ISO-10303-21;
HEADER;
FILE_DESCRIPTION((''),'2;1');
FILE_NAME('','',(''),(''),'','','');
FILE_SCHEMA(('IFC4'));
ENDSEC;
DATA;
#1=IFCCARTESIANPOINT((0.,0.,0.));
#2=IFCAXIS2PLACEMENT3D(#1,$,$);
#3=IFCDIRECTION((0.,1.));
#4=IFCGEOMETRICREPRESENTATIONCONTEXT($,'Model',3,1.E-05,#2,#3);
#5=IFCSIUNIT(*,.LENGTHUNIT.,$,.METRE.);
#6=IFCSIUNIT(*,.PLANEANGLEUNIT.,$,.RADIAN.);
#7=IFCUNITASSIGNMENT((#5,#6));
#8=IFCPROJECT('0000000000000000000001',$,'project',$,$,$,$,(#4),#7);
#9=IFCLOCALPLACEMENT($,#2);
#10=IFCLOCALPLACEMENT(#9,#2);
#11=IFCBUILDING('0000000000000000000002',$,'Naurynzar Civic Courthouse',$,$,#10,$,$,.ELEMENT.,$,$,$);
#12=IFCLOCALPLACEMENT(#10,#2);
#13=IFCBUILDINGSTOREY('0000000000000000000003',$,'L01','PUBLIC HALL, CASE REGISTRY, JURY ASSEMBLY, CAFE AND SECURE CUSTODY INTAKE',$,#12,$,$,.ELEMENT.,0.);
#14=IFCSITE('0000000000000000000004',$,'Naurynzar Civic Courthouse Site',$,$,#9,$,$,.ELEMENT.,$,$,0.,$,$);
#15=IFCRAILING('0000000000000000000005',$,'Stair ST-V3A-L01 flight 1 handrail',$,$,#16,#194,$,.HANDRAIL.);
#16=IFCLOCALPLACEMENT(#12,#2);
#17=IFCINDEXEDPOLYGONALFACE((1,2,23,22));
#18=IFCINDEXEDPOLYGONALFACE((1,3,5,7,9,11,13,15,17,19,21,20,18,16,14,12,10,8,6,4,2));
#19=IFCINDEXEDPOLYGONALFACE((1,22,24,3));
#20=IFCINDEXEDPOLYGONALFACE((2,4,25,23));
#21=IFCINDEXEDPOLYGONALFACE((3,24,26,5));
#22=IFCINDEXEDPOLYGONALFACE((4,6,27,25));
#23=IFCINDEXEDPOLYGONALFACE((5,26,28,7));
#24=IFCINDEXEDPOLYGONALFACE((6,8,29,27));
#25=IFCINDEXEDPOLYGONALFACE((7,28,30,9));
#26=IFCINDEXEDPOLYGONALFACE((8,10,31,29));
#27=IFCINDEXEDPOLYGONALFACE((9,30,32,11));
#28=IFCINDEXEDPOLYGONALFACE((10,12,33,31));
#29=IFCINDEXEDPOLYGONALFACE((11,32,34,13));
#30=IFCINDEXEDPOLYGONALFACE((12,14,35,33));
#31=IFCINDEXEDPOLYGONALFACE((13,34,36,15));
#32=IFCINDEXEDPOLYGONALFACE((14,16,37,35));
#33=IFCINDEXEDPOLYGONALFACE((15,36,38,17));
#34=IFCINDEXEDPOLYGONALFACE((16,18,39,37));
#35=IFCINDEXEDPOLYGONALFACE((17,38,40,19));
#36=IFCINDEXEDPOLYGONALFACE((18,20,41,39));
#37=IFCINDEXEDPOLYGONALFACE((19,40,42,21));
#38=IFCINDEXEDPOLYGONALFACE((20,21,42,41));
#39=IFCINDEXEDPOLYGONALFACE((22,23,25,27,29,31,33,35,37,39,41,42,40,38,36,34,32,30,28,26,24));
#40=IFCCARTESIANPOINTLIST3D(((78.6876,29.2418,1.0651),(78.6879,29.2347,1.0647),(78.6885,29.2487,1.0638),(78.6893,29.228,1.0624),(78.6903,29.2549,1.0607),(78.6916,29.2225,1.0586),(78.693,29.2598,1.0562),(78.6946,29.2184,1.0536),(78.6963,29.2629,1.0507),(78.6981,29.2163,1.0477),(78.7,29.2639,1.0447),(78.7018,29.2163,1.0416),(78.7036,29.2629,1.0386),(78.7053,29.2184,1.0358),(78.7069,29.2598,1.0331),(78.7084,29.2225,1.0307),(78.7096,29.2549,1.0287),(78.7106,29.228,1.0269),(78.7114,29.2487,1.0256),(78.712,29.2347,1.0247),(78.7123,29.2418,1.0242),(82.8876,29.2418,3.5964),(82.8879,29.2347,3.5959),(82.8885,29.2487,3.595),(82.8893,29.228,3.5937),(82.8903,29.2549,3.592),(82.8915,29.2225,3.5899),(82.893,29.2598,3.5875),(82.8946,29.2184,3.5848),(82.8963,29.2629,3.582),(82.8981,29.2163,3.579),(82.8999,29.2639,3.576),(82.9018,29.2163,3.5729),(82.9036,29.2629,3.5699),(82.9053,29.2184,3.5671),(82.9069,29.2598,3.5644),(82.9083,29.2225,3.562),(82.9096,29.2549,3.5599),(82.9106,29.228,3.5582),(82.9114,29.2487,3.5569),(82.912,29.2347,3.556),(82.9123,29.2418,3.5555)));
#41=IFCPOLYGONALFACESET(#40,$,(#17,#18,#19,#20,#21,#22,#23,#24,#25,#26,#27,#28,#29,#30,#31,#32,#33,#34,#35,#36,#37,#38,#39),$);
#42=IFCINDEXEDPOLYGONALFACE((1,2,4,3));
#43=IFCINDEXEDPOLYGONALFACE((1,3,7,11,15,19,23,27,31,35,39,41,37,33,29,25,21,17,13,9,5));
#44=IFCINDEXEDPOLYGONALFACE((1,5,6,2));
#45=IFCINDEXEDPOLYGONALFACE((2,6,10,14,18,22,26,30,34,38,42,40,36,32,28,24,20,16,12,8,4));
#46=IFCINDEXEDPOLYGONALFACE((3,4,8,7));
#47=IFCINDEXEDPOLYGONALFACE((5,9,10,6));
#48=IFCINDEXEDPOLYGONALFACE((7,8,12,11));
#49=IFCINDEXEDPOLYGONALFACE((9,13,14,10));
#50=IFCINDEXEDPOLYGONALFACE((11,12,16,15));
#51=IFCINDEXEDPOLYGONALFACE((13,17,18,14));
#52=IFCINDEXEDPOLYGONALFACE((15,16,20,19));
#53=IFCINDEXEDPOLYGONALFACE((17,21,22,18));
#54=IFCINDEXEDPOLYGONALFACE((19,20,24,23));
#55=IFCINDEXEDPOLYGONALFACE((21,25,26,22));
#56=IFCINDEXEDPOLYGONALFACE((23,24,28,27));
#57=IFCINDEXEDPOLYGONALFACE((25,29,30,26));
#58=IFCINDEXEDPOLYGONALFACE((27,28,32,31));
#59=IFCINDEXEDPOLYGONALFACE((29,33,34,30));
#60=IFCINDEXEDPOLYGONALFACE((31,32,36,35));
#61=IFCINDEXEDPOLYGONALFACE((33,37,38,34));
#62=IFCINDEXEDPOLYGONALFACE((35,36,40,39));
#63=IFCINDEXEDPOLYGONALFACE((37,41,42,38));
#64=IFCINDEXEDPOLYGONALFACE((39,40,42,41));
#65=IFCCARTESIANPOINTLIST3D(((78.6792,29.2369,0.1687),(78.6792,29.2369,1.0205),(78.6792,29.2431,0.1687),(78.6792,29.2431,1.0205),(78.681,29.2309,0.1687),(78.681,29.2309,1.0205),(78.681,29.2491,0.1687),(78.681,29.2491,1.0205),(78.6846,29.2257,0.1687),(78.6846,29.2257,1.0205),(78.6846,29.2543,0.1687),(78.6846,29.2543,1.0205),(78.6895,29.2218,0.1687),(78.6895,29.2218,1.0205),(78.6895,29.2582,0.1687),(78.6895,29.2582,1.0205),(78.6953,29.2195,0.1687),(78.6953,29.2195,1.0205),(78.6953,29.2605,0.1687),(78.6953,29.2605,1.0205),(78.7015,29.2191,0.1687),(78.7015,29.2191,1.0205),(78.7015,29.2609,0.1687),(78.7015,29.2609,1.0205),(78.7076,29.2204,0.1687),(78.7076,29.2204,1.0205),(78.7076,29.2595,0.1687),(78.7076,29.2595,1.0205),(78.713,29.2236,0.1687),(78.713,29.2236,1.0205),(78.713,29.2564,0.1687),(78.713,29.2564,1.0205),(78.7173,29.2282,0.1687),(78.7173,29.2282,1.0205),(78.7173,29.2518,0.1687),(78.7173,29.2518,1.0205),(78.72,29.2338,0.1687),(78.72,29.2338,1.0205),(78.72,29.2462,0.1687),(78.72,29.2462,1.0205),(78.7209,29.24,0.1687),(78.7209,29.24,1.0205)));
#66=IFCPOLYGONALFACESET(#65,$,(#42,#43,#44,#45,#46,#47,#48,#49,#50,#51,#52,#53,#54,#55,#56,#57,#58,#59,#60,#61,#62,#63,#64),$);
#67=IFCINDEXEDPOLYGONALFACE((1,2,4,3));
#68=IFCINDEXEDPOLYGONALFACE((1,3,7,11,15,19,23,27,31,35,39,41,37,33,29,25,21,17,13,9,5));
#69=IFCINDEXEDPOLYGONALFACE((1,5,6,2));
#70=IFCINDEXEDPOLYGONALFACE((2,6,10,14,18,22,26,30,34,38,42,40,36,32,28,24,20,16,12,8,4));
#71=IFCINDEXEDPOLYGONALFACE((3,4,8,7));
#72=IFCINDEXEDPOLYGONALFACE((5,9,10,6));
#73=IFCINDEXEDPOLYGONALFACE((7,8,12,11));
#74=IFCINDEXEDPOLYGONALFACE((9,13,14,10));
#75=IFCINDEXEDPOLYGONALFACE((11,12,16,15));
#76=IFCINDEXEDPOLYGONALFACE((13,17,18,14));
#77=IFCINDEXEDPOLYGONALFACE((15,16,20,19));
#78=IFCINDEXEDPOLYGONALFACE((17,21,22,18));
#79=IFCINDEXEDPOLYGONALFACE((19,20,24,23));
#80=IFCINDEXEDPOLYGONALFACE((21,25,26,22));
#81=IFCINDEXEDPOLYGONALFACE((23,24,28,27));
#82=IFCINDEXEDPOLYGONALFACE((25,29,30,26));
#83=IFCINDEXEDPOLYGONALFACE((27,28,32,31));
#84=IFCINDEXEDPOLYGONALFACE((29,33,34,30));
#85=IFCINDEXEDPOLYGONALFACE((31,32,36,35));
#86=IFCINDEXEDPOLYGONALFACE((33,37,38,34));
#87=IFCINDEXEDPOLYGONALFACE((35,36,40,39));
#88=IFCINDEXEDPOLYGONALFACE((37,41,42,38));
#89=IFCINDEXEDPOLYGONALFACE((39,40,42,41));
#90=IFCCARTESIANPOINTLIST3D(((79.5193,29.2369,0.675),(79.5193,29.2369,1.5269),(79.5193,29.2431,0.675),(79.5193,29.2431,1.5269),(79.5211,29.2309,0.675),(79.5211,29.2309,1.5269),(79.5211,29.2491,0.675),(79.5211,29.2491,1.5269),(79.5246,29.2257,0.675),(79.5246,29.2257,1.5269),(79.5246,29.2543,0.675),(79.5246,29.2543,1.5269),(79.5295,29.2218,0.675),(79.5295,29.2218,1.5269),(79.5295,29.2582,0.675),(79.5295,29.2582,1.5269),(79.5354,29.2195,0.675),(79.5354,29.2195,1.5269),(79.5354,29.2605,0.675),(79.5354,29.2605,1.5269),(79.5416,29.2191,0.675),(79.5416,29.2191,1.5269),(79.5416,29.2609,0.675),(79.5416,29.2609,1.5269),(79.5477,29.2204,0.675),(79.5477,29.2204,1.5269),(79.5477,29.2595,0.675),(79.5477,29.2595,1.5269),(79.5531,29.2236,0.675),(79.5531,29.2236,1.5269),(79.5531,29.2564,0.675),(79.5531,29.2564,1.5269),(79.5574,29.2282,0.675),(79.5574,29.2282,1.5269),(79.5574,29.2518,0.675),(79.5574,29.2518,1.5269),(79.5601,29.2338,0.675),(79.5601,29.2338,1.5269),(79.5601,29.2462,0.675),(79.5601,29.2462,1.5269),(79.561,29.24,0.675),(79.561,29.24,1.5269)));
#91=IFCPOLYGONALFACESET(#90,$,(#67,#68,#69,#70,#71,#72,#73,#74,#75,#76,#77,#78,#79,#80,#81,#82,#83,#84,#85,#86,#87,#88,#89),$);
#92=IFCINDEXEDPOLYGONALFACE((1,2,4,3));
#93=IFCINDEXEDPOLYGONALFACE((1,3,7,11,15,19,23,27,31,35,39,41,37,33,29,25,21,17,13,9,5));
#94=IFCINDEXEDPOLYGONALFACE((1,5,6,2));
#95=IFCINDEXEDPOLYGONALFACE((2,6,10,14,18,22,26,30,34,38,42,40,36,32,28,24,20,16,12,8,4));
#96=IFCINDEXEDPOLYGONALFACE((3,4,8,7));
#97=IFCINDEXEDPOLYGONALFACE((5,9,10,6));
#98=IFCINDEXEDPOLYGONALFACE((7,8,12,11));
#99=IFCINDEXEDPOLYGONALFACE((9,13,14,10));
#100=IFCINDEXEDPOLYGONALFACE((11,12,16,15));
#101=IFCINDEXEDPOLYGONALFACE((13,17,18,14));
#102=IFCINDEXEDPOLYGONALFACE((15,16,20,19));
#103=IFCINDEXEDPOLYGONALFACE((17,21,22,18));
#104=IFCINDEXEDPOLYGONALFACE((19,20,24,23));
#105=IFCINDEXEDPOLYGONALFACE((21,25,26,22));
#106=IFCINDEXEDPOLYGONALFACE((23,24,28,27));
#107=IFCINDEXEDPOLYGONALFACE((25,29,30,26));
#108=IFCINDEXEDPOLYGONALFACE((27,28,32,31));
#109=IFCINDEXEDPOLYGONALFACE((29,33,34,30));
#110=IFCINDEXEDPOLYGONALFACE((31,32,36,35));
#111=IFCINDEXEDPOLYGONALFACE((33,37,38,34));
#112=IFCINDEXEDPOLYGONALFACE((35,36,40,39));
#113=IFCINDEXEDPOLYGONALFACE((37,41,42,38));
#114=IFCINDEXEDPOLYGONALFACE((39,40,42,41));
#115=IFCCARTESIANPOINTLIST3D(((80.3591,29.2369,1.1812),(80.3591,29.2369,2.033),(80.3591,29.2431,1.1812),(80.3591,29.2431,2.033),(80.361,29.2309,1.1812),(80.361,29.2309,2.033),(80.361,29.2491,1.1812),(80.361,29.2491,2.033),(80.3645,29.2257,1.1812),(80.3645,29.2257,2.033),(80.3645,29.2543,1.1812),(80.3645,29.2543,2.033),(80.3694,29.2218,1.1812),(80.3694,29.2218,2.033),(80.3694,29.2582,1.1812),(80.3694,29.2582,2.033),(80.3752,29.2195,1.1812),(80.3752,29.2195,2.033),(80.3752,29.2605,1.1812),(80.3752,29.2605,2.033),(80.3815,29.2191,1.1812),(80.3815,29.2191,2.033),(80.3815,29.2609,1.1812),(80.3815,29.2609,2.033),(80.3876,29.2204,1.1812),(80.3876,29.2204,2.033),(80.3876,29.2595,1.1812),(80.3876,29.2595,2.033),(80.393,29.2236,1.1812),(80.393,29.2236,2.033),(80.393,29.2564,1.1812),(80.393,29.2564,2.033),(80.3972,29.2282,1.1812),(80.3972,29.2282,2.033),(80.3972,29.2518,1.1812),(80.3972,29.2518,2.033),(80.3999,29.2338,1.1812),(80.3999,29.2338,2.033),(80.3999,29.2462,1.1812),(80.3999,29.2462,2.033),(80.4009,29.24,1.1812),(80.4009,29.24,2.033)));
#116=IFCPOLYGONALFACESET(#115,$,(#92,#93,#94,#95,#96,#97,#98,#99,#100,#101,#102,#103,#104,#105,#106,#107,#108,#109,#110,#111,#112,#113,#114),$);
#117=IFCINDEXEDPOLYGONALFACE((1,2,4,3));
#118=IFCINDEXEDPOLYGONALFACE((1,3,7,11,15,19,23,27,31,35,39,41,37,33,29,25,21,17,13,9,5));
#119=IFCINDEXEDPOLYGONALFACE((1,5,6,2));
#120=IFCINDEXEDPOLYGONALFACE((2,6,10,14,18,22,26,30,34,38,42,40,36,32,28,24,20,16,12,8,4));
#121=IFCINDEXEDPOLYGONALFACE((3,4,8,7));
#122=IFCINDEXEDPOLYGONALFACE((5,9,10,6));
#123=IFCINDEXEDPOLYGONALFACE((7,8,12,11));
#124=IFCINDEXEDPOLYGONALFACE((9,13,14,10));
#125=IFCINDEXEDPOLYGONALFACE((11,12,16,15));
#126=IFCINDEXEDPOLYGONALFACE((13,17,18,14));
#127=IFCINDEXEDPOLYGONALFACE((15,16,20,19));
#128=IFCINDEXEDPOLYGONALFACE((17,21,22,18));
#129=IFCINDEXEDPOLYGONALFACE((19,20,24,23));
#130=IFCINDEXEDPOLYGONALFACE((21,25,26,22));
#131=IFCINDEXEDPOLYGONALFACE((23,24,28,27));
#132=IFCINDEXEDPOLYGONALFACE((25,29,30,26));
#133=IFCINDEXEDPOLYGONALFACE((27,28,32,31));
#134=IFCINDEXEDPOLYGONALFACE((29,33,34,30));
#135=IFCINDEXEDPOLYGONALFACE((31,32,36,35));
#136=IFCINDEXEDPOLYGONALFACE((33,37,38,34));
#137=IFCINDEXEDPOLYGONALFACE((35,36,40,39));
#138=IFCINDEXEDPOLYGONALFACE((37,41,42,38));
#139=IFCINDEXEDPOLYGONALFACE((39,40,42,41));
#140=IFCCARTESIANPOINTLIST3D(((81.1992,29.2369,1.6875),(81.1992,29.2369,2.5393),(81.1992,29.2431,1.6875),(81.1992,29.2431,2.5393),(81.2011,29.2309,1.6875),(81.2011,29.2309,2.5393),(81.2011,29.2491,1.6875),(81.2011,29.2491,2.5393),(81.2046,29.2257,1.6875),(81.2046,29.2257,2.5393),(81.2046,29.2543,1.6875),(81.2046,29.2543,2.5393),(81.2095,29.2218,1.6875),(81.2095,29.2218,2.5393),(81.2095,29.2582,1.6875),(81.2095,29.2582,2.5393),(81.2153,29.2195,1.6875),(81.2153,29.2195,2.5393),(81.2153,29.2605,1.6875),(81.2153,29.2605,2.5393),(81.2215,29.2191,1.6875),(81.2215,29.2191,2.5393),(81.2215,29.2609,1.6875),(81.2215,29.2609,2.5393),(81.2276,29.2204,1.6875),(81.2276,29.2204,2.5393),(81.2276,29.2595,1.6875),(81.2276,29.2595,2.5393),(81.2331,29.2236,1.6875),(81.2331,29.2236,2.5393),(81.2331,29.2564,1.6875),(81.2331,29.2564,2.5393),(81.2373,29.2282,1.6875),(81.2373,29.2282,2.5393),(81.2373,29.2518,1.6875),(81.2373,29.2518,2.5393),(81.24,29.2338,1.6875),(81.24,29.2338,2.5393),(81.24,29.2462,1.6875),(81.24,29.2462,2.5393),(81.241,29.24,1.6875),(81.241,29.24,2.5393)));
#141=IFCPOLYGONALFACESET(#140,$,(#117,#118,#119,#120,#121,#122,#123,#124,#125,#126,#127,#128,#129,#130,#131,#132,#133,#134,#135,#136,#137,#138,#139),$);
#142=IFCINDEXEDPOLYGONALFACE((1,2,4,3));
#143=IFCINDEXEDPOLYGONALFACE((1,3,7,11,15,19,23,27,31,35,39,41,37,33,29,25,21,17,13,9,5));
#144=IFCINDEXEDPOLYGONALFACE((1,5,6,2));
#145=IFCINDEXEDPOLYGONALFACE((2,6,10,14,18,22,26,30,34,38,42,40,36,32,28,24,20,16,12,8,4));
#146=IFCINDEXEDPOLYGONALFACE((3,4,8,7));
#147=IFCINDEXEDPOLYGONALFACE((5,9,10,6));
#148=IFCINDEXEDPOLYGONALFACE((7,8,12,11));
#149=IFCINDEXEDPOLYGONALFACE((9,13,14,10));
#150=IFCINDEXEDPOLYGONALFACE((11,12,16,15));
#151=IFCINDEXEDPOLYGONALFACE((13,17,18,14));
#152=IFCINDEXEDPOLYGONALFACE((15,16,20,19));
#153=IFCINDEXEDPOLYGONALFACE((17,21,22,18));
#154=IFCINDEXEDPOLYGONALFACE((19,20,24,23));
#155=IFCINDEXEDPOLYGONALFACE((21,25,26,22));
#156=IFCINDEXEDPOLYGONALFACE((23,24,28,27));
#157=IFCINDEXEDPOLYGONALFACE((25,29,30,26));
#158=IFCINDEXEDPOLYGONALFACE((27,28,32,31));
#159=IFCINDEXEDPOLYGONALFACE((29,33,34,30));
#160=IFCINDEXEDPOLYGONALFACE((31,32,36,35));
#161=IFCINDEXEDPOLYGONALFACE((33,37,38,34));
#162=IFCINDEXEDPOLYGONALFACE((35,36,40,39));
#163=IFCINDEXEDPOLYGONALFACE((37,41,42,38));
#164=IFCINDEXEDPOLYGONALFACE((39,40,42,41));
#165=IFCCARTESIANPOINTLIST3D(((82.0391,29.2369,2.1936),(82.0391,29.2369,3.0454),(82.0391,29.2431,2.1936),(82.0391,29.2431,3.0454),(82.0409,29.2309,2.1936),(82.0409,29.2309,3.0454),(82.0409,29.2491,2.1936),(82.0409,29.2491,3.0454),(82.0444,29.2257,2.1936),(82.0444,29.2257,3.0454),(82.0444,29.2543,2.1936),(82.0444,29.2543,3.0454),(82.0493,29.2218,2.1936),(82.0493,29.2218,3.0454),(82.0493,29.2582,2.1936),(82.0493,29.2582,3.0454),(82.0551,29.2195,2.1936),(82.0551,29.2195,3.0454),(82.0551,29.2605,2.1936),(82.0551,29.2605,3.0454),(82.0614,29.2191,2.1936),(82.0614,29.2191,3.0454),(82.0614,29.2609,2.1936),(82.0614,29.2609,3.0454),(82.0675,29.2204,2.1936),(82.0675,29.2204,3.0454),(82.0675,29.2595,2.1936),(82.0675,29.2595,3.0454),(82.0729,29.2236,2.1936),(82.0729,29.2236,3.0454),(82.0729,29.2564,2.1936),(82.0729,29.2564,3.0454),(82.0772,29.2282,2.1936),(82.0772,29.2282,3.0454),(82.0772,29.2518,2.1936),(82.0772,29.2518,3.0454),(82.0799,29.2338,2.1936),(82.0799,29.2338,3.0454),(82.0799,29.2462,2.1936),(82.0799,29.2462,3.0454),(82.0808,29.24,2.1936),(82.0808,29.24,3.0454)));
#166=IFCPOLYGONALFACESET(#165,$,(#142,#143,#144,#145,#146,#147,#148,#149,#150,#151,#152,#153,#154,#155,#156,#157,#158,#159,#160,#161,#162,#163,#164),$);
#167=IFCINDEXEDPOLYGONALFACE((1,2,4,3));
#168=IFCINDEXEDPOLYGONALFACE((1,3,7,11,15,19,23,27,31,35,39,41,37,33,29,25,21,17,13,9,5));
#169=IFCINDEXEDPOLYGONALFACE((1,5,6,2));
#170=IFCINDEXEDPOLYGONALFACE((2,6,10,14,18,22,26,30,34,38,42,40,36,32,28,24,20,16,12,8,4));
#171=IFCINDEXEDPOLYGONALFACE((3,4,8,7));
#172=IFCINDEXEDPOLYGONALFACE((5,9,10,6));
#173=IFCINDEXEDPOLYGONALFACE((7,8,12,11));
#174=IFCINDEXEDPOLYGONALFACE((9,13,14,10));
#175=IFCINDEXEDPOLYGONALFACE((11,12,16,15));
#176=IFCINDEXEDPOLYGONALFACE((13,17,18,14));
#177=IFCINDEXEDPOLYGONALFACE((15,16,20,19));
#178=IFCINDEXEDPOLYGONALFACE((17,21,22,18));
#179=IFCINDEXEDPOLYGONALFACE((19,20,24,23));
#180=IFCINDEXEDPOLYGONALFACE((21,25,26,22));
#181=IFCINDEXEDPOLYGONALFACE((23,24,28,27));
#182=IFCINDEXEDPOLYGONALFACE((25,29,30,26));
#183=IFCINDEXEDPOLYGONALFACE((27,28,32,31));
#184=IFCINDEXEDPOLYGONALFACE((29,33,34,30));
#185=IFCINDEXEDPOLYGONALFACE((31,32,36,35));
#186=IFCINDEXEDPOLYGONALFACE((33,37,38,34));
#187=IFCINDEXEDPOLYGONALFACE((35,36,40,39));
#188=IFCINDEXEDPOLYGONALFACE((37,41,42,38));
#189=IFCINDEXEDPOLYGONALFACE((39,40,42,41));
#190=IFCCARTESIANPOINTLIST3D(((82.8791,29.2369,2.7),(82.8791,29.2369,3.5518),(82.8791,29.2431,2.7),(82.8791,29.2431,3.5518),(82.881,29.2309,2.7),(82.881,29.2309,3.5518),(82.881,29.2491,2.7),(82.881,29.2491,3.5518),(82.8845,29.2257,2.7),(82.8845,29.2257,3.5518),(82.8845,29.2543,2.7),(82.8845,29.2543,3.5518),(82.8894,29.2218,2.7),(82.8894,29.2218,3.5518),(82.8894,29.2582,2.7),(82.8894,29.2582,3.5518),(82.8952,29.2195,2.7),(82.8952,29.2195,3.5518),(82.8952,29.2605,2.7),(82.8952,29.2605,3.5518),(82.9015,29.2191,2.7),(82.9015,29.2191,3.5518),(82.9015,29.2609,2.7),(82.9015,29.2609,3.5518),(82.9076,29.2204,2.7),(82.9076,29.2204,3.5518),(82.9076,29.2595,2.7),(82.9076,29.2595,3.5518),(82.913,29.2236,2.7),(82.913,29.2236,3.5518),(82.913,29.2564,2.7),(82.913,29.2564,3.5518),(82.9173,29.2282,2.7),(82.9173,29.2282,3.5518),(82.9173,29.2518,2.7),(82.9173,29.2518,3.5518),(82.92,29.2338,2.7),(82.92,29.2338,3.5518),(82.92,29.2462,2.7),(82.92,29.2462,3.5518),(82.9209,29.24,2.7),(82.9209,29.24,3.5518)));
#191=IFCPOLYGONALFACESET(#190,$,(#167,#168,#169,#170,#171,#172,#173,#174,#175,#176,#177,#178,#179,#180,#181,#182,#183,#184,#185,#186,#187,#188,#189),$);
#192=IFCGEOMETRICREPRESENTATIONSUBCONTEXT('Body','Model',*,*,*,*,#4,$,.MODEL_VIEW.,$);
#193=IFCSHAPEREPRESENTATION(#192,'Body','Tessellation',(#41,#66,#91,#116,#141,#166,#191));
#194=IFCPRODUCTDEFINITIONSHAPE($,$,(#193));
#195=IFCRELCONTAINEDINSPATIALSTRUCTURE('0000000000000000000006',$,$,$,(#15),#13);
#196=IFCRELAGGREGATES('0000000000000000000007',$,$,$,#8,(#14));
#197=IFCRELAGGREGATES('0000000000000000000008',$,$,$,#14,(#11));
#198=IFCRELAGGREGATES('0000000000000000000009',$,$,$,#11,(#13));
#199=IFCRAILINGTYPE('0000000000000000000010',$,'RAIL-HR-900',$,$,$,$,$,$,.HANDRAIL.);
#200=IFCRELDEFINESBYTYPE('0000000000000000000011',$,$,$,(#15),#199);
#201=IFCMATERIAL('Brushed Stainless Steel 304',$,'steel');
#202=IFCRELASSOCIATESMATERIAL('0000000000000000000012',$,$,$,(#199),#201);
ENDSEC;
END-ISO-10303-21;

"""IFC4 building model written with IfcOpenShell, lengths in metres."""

from ifc_helpers import new_model, si_unit, direction, frame, origin, origin_2d, place, context, subcontext, project, spatial, circle, extrude, material, type_object, element, save


model = new_model("IFC4")

# Units and contexts
model_context = context("Model", 3, precision=1e-05, world=origin(), true_north=direction((0.0, 1.0)))
body_context = subcontext(model_context, "Body", "Model", "MODEL_VIEW")
ifc_project = project(units=[si_unit("LENGTHUNIT", "METRE"), si_unit("PLANEANGLEUNIT", "RADIAN")], contexts=[model_context])

# Site, building, storey
site_placement = place(None, origin())
site = spatial("IfcSite", under=ifc_project, at=site_placement, Name="Naurynzar Civic Courthouse Site", CompositionType="ELEMENT", RefElevation=0.0)
building_placement = place(site_placement, origin())
building = spatial("IfcBuilding", under=site, at=building_placement, Name="Naurynzar Civic Courthouse", CompositionType="ELEMENT")
storey_placement = place(building_placement, origin())
storey = spatial("IfcBuildingStorey", under=building, at=storey_placement, Name="L01", Description="PUBLIC HALL, CASE REGISTRY, JURY ASSEMBLY, CAFE AND SECURE CUSTODY INTAKE", CompositionType="ELEMENT", Elevation=0.0)

# Railing
ifc_material_1 = material(Name="Brushed Stainless Steel 304", Category="steel")
railing_type_1 = type_object("IfcRailingType", Name="RAIL-HR-900", PredefinedType="HANDRAIL", material=ifc_material_1)
railing_1_placement = place(storey_placement, frame((78.7, 29.24, 0.1687)))
element("IfcRailing", 1, at=railing_1_placement, inside=storey, type_object=railing_type_1, Name="Stair ST-V3A-L01 flight 1 handrail", PredefinedType="HANDRAIL", context=body_context, shape_type="SweptSolid", body=[
    extrude(circle(Radius=0.0239, at=origin_2d()), frame((0.0, 0.0, 0.876), z_axis=(0.856476, 0.0, 0.516186), x_axis=(0.0, 1.0, 0.0)), (0.0, 0.0, 1.0), 4.9038),
    extrude(circle(Radius=0.021, at=origin_2d()), origin(), (0.0, 0.0, 1.0), 0.8518),
    extrude(circle(Radius=0.021, at=origin_2d()), frame((0.8401, 0.0, 0.5063)), (0.0, 0.0, 1.0), 0.8518),
    extrude(circle(Radius=0.021, at=origin_2d()), frame((1.6799, 0.0, 1.0125)), (0.0, 0.0, 1.0), 0.8518),
    extrude(circle(Radius=0.021, at=origin_2d()), frame((2.52, 0.0, 1.5188)), (0.0, 0.0, 1.0), 0.8518),
    extrude(circle(Radius=0.021, at=origin_2d()), frame((3.3599, 0.0, 2.0249)), (0.0, 0.0, 1.0), 0.8518),
    extrude(circle(Radius=0.021, at=origin_2d()), frame((4.2, 0.0, 2.5312)), (0.0, 0.0, 1.0), 0.8518),
])

save(model, "model.ifc")
